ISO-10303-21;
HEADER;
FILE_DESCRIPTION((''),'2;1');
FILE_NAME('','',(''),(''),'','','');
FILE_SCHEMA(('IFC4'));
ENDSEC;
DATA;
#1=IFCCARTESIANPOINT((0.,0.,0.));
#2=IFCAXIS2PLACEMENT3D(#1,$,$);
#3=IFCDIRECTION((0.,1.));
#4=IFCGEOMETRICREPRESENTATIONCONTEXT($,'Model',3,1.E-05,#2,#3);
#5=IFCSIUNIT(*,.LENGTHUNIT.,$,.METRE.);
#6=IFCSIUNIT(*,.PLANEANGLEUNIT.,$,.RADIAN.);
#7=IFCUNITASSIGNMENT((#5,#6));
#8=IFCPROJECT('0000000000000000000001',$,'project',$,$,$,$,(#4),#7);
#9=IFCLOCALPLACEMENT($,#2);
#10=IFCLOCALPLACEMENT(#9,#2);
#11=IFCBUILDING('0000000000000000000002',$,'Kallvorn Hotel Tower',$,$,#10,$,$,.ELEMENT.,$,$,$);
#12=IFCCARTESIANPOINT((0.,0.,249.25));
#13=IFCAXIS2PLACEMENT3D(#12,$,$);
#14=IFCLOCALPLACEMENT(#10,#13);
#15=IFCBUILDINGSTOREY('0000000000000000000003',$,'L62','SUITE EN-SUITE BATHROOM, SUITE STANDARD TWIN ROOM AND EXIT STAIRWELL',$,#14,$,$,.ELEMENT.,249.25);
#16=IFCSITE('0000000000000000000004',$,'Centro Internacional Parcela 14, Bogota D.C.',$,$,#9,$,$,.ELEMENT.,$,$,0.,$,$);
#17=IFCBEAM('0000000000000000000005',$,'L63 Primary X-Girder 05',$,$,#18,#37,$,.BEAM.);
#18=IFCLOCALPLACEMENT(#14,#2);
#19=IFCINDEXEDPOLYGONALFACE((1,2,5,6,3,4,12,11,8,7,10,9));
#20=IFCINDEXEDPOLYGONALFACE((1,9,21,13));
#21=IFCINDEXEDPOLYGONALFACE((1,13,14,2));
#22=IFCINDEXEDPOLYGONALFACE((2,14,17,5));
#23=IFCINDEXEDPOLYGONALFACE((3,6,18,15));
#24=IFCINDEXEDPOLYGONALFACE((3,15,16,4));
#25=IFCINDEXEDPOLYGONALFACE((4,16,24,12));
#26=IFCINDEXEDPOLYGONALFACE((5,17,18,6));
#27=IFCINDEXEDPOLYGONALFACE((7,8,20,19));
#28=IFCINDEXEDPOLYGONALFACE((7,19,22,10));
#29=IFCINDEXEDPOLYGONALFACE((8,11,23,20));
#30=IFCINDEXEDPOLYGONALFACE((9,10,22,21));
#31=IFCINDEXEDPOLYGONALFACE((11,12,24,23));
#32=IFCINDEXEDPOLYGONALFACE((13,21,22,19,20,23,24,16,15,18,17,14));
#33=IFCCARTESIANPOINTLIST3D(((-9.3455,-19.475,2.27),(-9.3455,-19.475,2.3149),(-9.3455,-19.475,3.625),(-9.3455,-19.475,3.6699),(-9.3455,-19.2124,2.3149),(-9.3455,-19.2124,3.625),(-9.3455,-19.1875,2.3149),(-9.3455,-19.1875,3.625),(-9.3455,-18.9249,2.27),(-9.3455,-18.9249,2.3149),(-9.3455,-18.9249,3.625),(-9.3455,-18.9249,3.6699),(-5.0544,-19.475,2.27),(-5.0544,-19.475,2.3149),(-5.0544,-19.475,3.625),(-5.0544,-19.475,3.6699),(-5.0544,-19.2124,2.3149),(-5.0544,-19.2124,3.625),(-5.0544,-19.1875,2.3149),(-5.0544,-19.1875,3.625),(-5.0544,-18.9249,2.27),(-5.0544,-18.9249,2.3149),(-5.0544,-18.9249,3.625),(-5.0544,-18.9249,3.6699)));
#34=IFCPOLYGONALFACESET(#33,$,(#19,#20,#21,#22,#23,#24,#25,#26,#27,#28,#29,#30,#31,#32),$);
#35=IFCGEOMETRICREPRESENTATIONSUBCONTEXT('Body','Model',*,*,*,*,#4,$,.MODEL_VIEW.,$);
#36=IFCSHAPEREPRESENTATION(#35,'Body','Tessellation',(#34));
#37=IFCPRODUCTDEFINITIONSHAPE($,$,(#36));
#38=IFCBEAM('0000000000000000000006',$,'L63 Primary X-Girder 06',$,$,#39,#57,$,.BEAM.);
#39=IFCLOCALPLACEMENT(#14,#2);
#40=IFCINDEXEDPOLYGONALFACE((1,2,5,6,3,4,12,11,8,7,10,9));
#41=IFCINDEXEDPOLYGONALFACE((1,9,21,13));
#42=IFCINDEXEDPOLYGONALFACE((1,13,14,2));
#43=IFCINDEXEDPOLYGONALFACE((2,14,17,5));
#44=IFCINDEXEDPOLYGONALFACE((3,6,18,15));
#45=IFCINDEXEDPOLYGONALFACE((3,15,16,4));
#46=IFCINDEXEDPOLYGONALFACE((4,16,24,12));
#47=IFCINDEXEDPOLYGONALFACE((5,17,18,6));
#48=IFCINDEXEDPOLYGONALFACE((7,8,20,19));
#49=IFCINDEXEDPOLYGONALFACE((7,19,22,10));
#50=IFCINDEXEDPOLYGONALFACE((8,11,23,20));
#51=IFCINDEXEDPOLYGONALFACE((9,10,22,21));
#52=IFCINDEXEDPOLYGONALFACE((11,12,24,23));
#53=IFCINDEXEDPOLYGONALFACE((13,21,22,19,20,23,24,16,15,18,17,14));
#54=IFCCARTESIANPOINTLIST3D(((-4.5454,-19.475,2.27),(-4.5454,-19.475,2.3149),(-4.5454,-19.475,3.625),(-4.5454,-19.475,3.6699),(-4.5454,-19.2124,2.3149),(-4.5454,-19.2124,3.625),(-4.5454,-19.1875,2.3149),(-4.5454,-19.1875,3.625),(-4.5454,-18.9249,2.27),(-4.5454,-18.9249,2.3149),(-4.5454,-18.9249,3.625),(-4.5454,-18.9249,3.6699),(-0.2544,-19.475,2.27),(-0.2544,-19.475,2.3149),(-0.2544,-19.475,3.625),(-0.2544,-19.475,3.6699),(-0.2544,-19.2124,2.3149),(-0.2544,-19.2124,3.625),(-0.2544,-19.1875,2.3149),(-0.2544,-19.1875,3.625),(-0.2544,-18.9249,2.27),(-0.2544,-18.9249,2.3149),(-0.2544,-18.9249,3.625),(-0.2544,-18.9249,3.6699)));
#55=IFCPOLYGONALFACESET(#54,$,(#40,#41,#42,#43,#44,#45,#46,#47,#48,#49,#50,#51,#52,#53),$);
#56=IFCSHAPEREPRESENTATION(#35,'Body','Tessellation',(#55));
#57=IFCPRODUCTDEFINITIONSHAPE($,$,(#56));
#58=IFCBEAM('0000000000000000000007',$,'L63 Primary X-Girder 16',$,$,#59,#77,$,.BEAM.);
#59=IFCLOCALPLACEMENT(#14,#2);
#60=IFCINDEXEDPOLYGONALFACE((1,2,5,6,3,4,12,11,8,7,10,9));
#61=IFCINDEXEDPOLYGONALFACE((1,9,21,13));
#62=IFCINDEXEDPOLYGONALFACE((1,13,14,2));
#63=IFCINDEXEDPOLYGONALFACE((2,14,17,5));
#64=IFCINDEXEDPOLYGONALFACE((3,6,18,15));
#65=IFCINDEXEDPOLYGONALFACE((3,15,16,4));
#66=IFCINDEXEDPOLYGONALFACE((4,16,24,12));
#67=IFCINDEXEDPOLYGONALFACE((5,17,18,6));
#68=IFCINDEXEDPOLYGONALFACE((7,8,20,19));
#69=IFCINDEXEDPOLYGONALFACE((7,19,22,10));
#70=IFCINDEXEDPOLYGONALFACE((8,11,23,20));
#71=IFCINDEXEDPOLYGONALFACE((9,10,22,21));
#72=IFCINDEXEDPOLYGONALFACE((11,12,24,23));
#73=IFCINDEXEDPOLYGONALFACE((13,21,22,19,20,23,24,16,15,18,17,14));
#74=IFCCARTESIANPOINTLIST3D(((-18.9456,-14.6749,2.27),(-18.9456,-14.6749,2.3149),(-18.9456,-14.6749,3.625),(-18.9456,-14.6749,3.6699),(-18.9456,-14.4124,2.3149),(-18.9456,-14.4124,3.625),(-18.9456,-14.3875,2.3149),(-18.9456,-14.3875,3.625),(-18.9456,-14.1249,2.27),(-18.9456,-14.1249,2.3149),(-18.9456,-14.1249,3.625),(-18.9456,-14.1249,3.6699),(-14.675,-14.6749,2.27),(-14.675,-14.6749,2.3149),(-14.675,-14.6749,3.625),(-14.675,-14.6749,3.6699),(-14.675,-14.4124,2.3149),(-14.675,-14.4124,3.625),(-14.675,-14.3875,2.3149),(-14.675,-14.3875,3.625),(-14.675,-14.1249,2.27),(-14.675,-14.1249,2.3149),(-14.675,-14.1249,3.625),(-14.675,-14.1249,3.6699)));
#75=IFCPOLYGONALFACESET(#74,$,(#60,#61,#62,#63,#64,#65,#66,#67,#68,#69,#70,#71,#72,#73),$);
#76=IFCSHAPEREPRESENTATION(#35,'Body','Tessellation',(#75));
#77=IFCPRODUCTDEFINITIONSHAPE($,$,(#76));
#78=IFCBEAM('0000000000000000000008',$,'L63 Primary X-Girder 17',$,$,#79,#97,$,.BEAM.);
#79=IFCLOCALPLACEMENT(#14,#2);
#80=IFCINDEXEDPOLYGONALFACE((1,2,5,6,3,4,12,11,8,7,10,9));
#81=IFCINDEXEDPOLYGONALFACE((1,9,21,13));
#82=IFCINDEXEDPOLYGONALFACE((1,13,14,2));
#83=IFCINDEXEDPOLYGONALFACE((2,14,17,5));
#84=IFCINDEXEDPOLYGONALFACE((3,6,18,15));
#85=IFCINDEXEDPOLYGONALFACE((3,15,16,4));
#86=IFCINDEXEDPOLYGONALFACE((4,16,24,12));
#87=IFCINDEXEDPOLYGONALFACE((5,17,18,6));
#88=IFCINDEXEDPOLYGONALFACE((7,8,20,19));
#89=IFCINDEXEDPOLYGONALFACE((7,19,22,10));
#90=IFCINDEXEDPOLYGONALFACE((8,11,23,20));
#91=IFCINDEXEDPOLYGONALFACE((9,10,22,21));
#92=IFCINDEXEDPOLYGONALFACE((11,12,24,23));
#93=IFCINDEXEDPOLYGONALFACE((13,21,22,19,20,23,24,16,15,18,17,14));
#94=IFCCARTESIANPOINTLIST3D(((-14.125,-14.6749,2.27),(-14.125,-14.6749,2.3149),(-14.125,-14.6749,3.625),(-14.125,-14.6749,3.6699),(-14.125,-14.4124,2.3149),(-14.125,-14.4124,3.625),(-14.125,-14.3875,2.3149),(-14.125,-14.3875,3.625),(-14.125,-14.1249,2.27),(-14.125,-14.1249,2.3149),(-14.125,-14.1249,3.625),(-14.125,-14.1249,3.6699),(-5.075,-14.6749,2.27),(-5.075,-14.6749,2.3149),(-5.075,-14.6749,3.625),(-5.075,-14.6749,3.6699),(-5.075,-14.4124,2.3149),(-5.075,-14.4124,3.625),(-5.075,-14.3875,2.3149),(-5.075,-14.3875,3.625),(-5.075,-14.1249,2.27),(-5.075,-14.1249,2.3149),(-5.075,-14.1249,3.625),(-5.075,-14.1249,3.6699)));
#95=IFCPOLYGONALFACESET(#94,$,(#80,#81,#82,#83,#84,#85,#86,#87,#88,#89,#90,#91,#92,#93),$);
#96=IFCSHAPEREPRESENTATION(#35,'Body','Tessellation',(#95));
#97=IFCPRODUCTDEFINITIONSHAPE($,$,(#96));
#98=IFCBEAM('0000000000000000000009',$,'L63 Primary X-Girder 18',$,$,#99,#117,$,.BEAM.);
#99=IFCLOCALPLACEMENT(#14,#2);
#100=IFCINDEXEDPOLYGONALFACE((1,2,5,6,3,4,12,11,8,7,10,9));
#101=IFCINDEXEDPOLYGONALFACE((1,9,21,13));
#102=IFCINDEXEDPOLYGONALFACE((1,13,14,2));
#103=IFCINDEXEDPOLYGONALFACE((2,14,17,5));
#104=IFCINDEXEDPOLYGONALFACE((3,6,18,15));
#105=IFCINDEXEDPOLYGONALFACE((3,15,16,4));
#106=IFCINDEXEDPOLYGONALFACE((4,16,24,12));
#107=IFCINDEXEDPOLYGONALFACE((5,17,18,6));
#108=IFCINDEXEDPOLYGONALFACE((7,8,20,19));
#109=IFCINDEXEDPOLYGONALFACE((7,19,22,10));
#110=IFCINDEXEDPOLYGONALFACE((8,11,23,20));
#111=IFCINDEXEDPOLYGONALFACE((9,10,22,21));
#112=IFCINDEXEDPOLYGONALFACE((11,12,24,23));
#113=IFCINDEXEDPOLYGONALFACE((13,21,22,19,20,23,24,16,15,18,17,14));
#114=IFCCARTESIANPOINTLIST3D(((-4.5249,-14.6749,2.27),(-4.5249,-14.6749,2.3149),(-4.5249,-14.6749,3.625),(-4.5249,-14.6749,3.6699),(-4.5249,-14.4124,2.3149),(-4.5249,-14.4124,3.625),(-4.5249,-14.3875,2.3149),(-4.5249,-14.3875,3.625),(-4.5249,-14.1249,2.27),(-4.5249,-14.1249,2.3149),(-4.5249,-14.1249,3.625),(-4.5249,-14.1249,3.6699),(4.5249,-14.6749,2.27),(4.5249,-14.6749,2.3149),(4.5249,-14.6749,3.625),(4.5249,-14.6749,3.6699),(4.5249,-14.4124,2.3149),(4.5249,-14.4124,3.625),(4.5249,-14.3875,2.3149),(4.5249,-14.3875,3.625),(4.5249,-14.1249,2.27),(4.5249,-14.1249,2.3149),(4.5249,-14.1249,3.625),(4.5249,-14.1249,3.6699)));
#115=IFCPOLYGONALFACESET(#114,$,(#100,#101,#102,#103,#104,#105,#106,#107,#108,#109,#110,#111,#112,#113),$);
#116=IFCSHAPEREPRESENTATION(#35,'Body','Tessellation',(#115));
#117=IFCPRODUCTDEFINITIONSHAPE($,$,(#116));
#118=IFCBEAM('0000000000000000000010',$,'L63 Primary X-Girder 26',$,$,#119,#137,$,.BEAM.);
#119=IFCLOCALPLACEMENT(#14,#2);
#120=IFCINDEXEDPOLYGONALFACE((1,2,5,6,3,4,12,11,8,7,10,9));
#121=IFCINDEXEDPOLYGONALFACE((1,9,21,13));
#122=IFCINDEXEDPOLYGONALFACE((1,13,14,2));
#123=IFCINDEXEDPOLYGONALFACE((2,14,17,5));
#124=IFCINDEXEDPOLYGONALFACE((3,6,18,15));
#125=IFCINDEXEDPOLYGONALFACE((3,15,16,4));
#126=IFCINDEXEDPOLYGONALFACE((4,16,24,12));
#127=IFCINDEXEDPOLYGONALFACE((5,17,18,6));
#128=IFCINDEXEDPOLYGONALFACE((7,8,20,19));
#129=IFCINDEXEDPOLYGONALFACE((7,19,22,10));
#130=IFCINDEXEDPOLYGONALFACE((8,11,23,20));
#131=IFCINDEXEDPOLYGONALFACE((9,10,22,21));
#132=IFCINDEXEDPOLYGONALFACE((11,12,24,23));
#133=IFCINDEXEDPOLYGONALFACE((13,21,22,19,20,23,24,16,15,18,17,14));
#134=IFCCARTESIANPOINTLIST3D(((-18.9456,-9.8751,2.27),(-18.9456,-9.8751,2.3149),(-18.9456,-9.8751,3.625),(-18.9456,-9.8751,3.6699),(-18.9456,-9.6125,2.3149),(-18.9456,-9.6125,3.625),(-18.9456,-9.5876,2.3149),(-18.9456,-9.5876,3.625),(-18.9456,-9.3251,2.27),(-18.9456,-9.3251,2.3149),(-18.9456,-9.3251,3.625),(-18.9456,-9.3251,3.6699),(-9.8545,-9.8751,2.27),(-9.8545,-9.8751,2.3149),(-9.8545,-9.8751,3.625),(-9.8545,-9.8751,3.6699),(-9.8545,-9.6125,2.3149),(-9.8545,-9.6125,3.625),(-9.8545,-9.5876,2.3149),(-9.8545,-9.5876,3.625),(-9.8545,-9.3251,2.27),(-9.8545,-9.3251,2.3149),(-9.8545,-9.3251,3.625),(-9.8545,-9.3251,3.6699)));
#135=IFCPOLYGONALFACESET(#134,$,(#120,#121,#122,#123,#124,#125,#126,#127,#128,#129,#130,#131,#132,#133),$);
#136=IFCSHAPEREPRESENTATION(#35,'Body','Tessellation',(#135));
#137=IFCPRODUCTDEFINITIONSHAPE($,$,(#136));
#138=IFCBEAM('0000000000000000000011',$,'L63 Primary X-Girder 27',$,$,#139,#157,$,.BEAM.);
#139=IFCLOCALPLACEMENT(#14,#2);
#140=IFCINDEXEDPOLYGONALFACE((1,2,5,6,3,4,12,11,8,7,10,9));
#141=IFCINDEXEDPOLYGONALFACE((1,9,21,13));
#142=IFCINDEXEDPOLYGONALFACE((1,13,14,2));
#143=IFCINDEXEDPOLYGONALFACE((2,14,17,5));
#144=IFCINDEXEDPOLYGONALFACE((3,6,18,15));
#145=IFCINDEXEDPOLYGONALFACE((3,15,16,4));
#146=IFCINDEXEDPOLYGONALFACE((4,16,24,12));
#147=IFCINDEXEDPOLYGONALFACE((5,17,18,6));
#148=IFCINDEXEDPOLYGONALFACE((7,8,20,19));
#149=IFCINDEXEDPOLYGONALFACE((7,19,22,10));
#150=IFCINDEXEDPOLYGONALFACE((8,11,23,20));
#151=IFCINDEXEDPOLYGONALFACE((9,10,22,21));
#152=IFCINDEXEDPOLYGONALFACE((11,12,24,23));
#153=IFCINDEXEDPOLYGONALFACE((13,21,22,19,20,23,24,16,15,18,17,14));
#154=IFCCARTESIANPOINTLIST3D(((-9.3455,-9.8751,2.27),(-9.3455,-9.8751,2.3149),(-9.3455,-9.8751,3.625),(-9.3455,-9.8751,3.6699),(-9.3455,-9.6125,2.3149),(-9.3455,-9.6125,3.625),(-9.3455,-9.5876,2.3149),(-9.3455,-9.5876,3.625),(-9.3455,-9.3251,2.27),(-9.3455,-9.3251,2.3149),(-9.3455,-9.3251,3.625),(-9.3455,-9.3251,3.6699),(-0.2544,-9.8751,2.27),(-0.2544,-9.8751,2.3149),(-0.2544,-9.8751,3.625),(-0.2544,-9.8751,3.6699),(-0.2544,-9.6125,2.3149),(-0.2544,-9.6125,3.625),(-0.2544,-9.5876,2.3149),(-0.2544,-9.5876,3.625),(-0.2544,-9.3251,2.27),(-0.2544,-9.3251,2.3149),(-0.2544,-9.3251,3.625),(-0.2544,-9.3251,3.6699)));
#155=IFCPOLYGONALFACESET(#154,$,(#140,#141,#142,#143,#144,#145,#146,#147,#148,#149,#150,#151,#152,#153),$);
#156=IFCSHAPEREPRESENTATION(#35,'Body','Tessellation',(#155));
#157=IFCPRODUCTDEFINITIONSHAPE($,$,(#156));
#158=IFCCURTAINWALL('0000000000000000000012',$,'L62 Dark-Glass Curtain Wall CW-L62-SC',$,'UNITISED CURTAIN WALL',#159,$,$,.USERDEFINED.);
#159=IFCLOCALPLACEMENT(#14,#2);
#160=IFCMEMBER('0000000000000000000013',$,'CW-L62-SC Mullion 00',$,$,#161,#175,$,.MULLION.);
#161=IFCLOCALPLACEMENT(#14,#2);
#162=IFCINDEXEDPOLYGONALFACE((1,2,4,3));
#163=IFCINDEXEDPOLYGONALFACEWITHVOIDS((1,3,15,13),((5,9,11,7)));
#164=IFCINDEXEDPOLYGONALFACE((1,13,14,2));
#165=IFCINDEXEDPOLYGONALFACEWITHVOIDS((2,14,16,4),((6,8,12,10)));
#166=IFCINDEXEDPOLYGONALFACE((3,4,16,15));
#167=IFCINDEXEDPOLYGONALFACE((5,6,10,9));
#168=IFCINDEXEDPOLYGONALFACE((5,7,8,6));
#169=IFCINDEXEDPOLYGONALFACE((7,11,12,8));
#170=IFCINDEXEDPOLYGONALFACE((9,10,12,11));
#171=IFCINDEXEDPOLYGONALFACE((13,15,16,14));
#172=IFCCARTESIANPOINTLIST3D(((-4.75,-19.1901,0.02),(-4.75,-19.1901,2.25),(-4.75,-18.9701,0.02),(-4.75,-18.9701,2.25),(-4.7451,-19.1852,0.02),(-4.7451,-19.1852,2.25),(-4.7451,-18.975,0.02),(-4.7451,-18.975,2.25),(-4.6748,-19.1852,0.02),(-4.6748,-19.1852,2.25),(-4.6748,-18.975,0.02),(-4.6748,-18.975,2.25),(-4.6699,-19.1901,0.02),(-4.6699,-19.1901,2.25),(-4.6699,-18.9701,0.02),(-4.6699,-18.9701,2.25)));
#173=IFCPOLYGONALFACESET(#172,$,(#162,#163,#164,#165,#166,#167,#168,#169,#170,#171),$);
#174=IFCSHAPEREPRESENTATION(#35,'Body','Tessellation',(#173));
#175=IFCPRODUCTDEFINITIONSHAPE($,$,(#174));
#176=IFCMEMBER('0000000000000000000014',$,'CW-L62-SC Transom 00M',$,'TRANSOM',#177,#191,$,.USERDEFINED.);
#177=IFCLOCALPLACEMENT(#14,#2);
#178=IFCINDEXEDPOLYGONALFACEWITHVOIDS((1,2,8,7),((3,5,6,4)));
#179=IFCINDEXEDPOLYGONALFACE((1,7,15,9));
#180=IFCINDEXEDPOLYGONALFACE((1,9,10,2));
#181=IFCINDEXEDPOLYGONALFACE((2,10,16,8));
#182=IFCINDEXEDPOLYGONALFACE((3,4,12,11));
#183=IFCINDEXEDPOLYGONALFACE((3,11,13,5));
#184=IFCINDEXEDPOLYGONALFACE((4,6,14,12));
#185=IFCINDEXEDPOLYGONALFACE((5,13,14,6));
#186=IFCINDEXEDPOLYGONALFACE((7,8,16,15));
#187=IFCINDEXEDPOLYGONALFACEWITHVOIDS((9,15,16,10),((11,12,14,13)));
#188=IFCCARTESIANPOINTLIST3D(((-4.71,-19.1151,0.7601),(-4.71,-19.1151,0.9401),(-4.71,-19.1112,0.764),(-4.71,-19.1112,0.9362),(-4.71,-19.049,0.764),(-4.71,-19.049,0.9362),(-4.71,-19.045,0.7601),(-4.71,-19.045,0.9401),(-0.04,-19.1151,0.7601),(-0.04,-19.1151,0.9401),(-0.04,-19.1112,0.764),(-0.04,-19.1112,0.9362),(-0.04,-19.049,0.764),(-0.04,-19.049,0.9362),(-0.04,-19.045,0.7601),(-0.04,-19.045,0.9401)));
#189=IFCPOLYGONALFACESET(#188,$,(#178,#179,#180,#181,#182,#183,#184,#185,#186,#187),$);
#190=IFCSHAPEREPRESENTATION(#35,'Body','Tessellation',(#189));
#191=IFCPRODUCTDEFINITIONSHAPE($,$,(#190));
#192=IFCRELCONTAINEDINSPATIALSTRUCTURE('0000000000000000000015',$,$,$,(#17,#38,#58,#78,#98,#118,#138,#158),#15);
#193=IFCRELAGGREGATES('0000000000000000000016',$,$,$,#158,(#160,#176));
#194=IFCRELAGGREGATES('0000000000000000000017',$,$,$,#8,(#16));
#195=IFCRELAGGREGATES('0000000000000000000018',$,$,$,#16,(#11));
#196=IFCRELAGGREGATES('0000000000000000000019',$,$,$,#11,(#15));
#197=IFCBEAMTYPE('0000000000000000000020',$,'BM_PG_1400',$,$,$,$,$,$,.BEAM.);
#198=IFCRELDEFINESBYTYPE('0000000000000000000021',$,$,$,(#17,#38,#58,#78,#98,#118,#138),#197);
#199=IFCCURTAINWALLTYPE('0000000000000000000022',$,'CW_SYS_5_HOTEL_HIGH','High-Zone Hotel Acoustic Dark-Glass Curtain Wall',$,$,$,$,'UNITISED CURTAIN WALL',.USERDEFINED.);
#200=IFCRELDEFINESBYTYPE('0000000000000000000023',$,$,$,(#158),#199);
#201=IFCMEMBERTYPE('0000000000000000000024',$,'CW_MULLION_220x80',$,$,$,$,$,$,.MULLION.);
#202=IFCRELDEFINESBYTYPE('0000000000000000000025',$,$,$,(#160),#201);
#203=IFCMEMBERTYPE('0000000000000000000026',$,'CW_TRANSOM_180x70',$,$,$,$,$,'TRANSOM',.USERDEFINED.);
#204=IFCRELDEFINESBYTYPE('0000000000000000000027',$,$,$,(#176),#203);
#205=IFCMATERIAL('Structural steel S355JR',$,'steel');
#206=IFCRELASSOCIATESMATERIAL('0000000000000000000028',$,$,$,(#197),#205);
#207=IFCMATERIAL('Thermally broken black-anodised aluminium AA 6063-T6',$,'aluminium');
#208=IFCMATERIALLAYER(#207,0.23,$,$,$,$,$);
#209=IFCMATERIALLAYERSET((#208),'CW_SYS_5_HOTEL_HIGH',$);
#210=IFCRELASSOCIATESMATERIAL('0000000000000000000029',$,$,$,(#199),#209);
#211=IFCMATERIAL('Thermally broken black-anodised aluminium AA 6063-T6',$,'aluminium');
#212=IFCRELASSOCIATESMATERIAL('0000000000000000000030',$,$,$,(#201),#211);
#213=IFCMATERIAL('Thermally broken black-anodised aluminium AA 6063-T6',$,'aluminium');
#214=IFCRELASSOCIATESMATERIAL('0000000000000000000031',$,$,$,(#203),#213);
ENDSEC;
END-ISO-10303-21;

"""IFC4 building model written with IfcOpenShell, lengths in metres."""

from ifc_helpers import new_model, si_unit, direction, frame, origin, origin_2d, place, context, subcontext, project, spatial, hollow_rectangle, i_section, extrude, material, layer, layer_set, material_profile, profile_set, type_object, element, aggregate, save


model = new_model("IFC4")

# Units and contexts
model_context = context("Model", 3, precision=1e-05, world=origin(), true_north=direction((0.0, 1.0)))
body_context = subcontext(model_context, "Body", "Model", "MODEL_VIEW")
ifc_project = project(units=[si_unit("LENGTHUNIT", "METRE"), si_unit("PLANEANGLEUNIT", "RADIAN")], contexts=[model_context])

# Site, building, storey
site_placement = place(None, origin())
site = spatial("IfcSite", under=ifc_project, at=site_placement, Name="Centro Internacional Parcela 14, Bogota D.C.", CompositionType="ELEMENT", RefElevation=0.0)
building_placement = place(site_placement, origin())
building = spatial("IfcBuilding", under=site, at=building_placement, Name="Kallvorn Hotel Tower", CompositionType="ELEMENT")
storey_placement = place(building_placement, frame((0.0, 0.0, 249.25)))
storey = spatial("IfcBuildingStorey", under=building, at=storey_placement, Name="L62", Description="SUITE EN-SUITE BATHROOM, SUITE STANDARD TWIN ROOM AND EXIT STAIRWELL", CompositionType="ELEMENT", Elevation=249.25)

# Beams
ifc_material_1 = material(Name="Structural steel S355JR", Category="steel")
ifc_material_profile_1 = material_profile(ifc_material_1, i_section(OverallWidth=0.55, OverallDepth=1.3999, WebThickness=0.0249, FlangeThickness=0.0449, at=origin_2d()), Name="PG 1400x550x25x45")
ifc_profile_set_1 = profile_set([ifc_material_profile_1], Name="Structural steel S355JR")
beam_type_1 = type_object("IfcBeamType", Name="BM_PG_1400", PredefinedType="BEAM", material=ifc_profile_set_1)
for number, where, z_axis, x_axis, name in (
    (1, (-9.3455, -19.2, 2.97), (1.0, 0.0, 0.0), (0.0, 1.0, 0.0), "L63 Primary X-Girder 05"),
    (2, (-4.5454, -19.2, 2.97), (1.0, 0.0, 0.0), (0.0, 1.0, 0.0), "L63 Primary X-Girder 06"),
):
    element("IfcBeam", number, at=place(storey_placement, frame(where, z_axis=z_axis, x_axis=x_axis)), inside=storey, type_object=beam_type_1, Name=name, PredefinedType="BEAM", context=body_context, shape_type="SweptSolid", body=[
        extrude(i_section(OverallWidth=0.55, OverallDepth=1.3999, WebThickness=0.0249, FlangeThickness=0.0449, at=origin_2d()), origin(), (0.0, 0.0, 1.0), 4.291),
    ])
beam_1_placement = place(storey_placement, frame((-18.9456, -14.3999, 2.97), z_axis=(1.0, 0.0, 0.0), x_axis=(0.0, 1.0, 0.0)))
element("IfcBeam", 3, at=beam_1_placement, inside=storey, type_object=beam_type_1, Name="L63 Primary X-Girder 16", PredefinedType="BEAM", context=body_context, shape_type="SweptSolid", body=[
    extrude(i_section(OverallWidth=0.55, OverallDepth=1.3999, WebThickness=0.0249, FlangeThickness=0.0449, at=origin_2d()), origin(), (0.0, 0.0, 1.0), 4.2705),
])
beam_2_placement = place(storey_placement, frame((-14.125, -14.3999, 2.97), z_axis=(1.0, 0.0, 0.0), x_axis=(0.0, 1.0, 0.0)))
element("IfcBeam", 4, at=beam_2_placement, inside=storey, type_object=beam_type_1, Name="L63 Primary X-Girder 17", PredefinedType="BEAM", context=body_context, shape_type="SweptSolid", body=[
    extrude(i_section(OverallWidth=0.55, OverallDepth=1.3999, WebThickness=0.0249, FlangeThickness=0.0449, at=origin_2d()), origin(), (0.0, 0.0, 1.0), 9.05),
])
beam_3_placement = place(storey_placement, frame((-4.5249, -14.3999, 2.97), z_axis=(1.0, 0.0, 0.0), x_axis=(0.0, 1.0, 0.0)))
element("IfcBeam", 5, at=beam_3_placement, inside=storey, type_object=beam_type_1, Name="L63 Primary X-Girder 18", PredefinedType="BEAM", context=body_context, shape_type="SweptSolid", body=[
    extrude(i_section(OverallWidth=0.55, OverallDepth=1.3999, WebThickness=0.0249, FlangeThickness=0.0449, at=origin_2d()), origin(), (0.0, 0.0, 1.0), 9.0498),
])
for number, where, z_axis, x_axis, name in (
    (6, (-18.9456, -9.6001, 2.97), (1.0, 0.0, 0.0), (0.0, 1.0, 0.0), "L63 Primary X-Girder 26"),
    (7, (-9.3455, -9.6001, 2.97), (1.0, 0.0, 0.0), (0.0, 1.0, 0.0), "L63 Primary X-Girder 27"),
):
    element("IfcBeam", number, at=place(storey_placement, frame(where, z_axis=z_axis, x_axis=x_axis)), inside=storey, type_object=beam_type_1, Name=name, PredefinedType="BEAM", context=body_context, shape_type="SweptSolid", body=[
        extrude(i_section(OverallWidth=0.55, OverallDepth=1.3999, WebThickness=0.0249, FlangeThickness=0.0449, at=origin_2d()), origin(), (0.0, 0.0, 1.0), 9.0911),
    ])

# Curtain wall, members
ifc_material_2 = material(Name="Thermally broken black-anodised aluminium AA 6063-T6", Category="aluminium")
ifc_layer_1 = layer(ifc_material_2, 0.23)
ifc_layer_set_1 = layer_set([ifc_layer_1], Name="CW_SYS_5_HOTEL_HIGH")
curtain_wall_type = type_object("IfcCurtainWallType", Name="CW_SYS_5_HOTEL_HIGH", Description="High-Zone Hotel Acoustic Dark-Glass Curtain Wall", ElementType="UNITISED CURTAIN WALL", PredefinedType="USERDEFINED", material=ifc_layer_set_1)
curtain_wall_placement = place(storey_placement, origin())
curtain_wall = element("IfcCurtainWall", 8, at=curtain_wall_placement, inside=storey, type_object=curtain_wall_type, Name="L62 Dark-Glass Curtain Wall CW-L62-SC", ObjectType="UNITISED CURTAIN WALL", PredefinedType="USERDEFINED")
ifc_material_3 = material(Name="Thermally broken black-anodised aluminium AA 6063-T6", Category="aluminium")
ifc_material_profile_2 = material_profile(ifc_material_3, hollow_rectangle(XDim=0.0801, YDim=0.22, WallThickness=0.0049, at=origin_2d()), Name="MUL 220x80")
ifc_profile_set_2 = profile_set([ifc_material_profile_2], Name="Thermally broken black-anodised aluminium AA 6063-T6")
member_type_1 = type_object("IfcMemberType", Name="CW_MULLION_220x80", PredefinedType="MULLION", material=ifc_profile_set_2)
member_1_placement = place(storey_placement, frame((-4.71, -19.0801, 0.02), z_axis=(0.0, 0.0, 1.0), x_axis=(1.0, 0.0, 0.0)))
member_1 = element("IfcMember", 9, at=member_1_placement, type_object=member_type_1, Name="CW-L62-SC Mullion 00", PredefinedType="MULLION", context=body_context, shape_type="SweptSolid", body=[
    extrude(hollow_rectangle(XDim=0.0801, YDim=0.22, WallThickness=0.0049, at=origin_2d()), origin(), (0.0, 0.0, 1.0), 2.23),
])
ifc_material_4 = material(Name="Thermally broken black-anodised aluminium AA 6063-T6", Category="aluminium")
ifc_material_profile_3 = material_profile(ifc_material_4, hollow_rectangle(XDim=0.0701, YDim=0.1799, WallThickness=0.0039, at=origin_2d()), Name="TRN 180x70")
ifc_profile_set_3 = profile_set([ifc_material_profile_3], Name="Thermally broken black-anodised aluminium AA 6063-T6")
member_type_2 = type_object("IfcMemberType", Name="CW_TRANSOM_180x70", ElementType="TRANSOM", PredefinedType="USERDEFINED", material=ifc_profile_set_3)
member_2_placement = place(storey_placement, frame((-4.71, -19.0801, 0.8501), z_axis=(1.0, 0.0, 0.0), x_axis=(0.0, 1.0, 0.0)))
member_2 = element("IfcMember", 10, at=member_2_placement, type_object=member_type_2, Name="CW-L62-SC Transom 00M", ObjectType="TRANSOM", PredefinedType="USERDEFINED", context=body_context, shape_type="SweptSolid", body=[
    extrude(hollow_rectangle(XDim=0.0701, YDim=0.1799, WallThickness=0.0039, at=origin_2d()), origin(), (0.0, 0.0, 1.0), 4.6699),
])
aggregate(curtain_wall, [member_1, member_2])

save(model, "model.ifc")
